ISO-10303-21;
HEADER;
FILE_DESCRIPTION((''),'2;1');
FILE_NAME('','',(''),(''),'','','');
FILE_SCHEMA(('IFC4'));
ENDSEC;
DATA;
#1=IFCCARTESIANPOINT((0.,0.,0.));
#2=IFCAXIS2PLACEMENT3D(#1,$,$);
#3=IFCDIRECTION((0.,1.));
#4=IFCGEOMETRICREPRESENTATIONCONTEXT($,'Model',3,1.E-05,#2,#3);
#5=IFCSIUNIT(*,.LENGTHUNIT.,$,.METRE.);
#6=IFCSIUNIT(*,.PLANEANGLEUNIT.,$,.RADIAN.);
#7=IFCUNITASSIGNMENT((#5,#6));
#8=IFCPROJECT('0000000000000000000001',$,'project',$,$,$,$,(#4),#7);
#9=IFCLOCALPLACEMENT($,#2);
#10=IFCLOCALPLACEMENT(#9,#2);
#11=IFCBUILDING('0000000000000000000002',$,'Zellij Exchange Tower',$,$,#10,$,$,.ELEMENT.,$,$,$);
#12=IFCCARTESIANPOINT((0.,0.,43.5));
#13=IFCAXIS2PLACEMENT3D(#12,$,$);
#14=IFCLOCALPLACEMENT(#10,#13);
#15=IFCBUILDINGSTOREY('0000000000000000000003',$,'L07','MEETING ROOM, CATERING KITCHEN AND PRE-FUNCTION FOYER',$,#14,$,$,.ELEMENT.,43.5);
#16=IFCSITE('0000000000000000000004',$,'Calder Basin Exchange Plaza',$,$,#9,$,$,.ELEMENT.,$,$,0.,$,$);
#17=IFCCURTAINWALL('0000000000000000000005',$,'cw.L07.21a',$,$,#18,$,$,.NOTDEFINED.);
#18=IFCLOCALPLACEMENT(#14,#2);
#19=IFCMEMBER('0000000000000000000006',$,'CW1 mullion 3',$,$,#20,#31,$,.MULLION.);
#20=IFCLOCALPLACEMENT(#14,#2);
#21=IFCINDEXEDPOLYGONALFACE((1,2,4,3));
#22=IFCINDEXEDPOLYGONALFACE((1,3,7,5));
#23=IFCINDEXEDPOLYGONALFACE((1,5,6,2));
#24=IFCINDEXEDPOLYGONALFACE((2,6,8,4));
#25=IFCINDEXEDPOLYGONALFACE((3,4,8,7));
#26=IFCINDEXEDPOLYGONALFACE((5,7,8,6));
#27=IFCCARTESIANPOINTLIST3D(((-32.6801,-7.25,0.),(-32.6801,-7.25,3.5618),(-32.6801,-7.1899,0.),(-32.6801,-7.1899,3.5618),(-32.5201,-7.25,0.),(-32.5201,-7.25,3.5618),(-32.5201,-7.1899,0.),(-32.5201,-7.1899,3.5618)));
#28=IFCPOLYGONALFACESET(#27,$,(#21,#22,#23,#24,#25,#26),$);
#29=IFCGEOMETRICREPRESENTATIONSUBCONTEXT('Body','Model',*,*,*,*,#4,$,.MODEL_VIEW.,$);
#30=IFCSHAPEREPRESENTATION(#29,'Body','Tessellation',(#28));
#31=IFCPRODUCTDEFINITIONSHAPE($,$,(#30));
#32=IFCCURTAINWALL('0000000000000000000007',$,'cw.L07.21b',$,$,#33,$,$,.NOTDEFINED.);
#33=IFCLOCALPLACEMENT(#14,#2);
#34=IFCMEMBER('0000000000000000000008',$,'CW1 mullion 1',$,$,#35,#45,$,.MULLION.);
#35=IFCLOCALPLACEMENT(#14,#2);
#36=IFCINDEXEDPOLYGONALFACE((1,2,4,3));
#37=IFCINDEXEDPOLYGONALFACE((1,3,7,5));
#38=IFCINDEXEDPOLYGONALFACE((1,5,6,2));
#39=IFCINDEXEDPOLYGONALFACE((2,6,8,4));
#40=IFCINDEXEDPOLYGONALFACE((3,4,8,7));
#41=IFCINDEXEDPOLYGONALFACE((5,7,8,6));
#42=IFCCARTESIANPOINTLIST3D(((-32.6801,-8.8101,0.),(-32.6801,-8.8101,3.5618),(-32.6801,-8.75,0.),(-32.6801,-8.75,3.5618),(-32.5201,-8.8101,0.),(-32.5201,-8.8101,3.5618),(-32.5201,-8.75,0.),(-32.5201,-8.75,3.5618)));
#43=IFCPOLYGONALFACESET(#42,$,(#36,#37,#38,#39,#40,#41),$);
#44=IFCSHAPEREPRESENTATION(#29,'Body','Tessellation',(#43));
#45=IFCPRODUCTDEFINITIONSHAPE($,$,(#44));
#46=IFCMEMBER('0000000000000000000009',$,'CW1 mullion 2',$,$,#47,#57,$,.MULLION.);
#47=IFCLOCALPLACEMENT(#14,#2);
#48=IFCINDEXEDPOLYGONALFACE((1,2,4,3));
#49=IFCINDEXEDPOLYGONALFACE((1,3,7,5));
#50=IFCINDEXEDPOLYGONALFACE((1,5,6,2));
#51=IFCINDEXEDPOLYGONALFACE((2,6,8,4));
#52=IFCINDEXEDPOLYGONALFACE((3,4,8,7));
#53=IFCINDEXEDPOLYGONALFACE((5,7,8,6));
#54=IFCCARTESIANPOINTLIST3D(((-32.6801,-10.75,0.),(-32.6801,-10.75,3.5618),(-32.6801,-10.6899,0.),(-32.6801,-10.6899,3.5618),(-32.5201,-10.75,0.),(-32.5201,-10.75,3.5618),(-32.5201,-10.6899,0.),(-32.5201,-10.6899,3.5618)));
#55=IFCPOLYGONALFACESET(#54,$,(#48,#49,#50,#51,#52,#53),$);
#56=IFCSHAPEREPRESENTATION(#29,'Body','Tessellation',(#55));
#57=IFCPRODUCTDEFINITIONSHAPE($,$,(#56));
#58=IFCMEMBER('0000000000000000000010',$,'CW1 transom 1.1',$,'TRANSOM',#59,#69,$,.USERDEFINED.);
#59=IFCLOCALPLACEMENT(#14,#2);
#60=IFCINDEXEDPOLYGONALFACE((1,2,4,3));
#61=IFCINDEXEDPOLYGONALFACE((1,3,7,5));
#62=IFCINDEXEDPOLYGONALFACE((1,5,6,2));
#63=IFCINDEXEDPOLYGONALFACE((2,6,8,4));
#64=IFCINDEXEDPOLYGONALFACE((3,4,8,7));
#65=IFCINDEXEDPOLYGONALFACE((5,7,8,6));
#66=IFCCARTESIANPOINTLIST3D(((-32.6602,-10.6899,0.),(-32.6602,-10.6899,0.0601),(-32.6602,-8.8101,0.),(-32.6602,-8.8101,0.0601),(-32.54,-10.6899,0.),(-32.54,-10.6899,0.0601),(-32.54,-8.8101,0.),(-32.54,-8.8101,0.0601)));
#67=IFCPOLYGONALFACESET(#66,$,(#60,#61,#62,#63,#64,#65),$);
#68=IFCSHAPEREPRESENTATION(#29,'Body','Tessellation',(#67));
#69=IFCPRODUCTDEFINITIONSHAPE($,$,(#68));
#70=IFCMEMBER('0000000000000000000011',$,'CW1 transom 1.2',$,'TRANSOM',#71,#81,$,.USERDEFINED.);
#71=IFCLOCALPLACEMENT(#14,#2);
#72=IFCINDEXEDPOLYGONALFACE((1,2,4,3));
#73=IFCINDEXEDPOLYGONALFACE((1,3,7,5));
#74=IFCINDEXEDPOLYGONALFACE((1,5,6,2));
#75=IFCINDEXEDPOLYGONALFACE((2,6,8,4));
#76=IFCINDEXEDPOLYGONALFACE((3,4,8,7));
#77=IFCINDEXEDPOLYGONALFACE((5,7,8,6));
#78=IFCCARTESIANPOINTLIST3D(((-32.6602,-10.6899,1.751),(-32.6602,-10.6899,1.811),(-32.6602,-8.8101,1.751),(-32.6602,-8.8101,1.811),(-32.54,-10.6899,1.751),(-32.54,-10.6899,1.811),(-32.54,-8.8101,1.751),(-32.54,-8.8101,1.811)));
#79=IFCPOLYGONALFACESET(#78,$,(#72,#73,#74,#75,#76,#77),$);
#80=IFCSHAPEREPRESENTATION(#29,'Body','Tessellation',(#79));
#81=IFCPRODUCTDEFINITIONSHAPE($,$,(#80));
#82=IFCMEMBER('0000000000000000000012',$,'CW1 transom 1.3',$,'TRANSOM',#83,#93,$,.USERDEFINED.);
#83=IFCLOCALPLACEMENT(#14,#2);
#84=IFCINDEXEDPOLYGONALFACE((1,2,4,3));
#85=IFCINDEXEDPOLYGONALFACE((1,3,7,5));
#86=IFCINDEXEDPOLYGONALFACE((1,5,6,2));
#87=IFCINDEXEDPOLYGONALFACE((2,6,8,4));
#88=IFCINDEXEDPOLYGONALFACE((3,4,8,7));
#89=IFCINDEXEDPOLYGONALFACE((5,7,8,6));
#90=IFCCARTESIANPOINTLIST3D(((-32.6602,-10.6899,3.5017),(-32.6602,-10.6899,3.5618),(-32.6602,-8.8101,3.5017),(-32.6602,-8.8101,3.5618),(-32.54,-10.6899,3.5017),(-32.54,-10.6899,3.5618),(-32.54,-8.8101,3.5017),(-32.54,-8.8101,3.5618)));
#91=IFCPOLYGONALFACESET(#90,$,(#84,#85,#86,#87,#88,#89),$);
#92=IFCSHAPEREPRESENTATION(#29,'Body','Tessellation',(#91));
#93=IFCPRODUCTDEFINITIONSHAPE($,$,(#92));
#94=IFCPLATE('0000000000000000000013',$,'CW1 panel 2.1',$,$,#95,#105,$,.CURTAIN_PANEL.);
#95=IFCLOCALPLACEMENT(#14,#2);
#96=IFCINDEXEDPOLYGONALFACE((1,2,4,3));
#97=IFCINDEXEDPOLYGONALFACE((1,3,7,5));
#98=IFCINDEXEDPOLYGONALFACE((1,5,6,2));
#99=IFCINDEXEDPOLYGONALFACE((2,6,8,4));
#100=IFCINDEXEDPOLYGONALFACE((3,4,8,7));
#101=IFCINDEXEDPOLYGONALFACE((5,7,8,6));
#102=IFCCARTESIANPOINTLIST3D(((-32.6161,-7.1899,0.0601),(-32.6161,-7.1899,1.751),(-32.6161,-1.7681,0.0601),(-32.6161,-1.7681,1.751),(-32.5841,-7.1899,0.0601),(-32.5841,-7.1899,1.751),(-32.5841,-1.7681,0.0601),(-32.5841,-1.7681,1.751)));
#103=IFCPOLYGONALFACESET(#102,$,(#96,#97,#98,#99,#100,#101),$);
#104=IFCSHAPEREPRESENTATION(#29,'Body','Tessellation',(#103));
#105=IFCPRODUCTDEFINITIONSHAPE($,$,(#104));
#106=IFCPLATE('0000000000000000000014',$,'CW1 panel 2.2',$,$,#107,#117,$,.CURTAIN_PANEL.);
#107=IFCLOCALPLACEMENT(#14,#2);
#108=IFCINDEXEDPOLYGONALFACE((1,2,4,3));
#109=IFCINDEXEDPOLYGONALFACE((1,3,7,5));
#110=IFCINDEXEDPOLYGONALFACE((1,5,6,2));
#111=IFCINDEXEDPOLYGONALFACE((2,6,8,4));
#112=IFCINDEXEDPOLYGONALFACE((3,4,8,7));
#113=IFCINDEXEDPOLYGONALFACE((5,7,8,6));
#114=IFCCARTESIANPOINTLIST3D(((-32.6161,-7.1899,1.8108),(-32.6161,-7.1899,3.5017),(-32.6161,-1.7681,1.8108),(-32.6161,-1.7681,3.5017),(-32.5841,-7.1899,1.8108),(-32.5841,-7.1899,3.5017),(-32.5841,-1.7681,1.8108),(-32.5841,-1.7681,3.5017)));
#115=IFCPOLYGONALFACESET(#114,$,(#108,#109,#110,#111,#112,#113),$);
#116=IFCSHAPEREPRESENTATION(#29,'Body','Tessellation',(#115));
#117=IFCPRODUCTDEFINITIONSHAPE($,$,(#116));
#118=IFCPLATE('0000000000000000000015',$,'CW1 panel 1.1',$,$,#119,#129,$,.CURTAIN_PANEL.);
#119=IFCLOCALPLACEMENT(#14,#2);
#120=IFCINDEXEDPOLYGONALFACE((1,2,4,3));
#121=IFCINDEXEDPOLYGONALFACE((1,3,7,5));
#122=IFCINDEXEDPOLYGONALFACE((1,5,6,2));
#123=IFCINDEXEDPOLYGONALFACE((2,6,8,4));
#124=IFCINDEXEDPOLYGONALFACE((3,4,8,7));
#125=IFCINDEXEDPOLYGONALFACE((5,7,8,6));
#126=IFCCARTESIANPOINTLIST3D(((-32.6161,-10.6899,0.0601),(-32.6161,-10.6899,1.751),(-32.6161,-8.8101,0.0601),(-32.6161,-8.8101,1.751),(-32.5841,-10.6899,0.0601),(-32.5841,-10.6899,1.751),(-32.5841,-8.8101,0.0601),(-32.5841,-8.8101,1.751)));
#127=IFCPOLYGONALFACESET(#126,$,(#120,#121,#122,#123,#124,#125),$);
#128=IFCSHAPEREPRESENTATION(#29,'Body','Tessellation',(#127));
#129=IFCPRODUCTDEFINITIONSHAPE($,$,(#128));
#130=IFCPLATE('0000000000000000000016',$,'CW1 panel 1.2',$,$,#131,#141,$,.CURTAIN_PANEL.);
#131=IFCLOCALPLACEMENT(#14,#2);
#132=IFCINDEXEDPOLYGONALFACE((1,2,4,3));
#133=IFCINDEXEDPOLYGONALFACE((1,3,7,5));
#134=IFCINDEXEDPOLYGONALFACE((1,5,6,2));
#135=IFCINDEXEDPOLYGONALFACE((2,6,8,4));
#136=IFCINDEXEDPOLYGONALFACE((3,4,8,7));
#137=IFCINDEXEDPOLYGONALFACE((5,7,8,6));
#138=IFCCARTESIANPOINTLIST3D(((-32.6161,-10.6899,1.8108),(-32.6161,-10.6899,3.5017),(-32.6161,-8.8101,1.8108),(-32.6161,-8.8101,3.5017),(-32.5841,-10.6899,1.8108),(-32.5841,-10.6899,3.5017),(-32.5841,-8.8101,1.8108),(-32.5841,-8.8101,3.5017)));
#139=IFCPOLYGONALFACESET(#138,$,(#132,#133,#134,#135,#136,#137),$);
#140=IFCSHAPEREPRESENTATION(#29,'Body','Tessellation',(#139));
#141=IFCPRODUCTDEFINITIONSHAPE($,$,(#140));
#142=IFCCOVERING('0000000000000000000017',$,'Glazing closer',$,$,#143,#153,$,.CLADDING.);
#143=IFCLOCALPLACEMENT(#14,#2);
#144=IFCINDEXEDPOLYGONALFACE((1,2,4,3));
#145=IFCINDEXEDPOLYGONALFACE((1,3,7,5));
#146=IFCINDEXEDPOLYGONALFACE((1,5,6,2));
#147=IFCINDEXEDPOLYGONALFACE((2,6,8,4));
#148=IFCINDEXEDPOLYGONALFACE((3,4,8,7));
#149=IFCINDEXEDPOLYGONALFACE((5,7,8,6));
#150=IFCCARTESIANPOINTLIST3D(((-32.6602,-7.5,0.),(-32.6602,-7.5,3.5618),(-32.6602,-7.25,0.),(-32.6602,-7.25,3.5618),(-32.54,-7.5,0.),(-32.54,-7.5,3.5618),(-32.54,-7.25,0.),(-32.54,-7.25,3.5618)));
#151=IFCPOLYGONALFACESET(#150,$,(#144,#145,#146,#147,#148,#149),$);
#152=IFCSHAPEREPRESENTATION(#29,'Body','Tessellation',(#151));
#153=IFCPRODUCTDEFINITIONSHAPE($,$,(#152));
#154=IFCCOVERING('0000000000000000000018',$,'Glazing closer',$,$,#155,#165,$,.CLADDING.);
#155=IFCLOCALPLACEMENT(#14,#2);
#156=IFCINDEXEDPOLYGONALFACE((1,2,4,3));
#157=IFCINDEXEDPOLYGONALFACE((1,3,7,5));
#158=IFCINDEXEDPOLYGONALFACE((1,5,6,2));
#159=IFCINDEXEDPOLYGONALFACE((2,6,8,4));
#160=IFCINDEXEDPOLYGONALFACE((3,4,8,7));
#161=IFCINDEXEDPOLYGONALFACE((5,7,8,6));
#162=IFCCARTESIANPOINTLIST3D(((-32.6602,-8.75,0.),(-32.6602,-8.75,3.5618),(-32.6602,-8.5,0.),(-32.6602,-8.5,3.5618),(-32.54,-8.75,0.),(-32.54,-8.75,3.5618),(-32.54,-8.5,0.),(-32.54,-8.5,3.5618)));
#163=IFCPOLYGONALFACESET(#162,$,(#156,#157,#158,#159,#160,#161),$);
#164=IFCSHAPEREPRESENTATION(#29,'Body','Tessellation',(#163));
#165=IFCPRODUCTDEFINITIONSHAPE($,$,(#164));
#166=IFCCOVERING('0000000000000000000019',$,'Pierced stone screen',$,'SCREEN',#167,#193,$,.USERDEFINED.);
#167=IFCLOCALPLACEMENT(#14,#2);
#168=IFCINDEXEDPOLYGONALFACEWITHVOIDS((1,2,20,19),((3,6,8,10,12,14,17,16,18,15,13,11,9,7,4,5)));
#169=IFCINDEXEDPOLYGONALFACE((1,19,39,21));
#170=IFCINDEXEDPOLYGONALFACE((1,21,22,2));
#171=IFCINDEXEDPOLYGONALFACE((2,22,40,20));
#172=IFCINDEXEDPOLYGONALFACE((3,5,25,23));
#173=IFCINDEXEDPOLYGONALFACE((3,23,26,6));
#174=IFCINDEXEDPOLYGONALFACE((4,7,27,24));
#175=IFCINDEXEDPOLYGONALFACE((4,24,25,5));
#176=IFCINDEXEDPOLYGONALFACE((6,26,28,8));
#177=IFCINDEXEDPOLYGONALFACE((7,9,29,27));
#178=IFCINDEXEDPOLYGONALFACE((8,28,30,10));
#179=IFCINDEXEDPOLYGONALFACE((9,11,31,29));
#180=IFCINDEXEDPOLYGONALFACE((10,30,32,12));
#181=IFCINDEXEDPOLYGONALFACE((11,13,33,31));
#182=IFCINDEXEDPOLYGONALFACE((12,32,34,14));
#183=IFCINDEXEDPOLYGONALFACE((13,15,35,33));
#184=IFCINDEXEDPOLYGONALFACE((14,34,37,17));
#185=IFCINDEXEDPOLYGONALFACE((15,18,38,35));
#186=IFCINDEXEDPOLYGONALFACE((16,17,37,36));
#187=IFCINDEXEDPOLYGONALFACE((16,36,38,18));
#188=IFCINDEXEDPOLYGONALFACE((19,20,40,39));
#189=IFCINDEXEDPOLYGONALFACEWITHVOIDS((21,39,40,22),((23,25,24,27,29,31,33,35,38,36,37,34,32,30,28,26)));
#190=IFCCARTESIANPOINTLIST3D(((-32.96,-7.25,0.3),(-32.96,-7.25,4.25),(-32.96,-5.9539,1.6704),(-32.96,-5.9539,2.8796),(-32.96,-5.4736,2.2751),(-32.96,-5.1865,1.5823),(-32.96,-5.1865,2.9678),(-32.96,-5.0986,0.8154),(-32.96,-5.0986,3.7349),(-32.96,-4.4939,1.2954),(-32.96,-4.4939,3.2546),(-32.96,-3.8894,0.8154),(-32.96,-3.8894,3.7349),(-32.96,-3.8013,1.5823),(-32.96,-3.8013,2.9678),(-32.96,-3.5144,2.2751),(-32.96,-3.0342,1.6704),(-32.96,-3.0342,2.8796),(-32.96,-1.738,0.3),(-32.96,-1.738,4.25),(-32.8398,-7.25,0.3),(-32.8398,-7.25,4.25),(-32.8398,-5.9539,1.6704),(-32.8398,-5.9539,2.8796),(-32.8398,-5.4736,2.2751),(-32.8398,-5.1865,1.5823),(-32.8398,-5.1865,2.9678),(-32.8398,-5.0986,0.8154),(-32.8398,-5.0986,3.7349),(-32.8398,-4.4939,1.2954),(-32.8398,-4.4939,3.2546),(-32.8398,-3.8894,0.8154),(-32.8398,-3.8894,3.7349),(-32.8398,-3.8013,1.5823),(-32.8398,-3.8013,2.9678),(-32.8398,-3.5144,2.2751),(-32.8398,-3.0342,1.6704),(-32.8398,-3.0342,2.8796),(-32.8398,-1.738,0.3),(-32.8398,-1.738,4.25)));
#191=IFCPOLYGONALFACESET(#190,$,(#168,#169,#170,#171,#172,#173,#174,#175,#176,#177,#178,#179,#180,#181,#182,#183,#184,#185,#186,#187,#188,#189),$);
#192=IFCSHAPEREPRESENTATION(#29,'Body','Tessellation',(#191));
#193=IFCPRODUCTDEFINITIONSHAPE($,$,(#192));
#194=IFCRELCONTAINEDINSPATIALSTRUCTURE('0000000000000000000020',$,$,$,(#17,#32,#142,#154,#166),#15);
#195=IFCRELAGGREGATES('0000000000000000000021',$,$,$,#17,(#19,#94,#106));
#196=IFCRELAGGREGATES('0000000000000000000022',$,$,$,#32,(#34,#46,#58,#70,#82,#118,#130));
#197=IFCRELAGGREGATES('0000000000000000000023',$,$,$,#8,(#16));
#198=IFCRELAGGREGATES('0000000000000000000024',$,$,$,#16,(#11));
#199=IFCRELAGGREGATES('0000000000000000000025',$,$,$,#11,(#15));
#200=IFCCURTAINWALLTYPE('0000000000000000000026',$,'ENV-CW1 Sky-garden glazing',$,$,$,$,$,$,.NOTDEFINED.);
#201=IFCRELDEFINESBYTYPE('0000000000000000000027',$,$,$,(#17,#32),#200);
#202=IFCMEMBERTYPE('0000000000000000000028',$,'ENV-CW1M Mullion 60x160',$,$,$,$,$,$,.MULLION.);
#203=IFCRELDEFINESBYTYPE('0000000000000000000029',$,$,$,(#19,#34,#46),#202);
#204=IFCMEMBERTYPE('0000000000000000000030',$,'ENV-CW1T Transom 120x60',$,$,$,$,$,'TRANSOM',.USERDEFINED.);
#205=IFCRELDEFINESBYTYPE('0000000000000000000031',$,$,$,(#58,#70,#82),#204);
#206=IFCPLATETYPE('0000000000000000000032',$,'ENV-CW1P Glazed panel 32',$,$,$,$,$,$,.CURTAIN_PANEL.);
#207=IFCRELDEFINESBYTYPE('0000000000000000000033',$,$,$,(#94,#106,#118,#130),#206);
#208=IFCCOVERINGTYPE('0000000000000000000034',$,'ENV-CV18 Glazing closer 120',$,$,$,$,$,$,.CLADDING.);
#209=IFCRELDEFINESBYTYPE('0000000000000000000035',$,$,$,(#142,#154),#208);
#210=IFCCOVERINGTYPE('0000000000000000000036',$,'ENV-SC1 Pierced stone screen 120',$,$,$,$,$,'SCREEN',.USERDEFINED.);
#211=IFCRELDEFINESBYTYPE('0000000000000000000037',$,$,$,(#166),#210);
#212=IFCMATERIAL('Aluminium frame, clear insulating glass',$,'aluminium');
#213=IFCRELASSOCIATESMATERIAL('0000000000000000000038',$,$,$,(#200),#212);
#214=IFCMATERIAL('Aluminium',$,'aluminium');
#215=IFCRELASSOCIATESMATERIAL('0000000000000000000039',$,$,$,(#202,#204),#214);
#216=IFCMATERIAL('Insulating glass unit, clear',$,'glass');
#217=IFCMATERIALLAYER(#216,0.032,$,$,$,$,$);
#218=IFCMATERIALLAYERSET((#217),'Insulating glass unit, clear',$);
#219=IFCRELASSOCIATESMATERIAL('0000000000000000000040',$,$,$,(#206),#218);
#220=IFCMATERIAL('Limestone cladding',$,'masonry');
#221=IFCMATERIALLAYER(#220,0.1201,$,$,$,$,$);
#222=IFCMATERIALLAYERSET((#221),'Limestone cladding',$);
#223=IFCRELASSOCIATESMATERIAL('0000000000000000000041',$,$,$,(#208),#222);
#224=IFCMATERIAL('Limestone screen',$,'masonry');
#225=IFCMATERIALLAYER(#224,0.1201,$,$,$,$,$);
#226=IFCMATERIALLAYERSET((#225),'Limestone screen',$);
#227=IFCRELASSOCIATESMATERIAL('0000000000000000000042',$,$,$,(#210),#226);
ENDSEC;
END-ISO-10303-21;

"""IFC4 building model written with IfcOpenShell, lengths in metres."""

from ifc_helpers import new_model, si_unit, direction, frame, origin, origin_2d, place, context, subcontext, project, spatial, polyline, rectangle, outline, extrude, material, layer, layer_set, material_profile, profile_set, type_object, element, aggregate, save


model = new_model("IFC4")

# Units and contexts
model_context = context("Model", 3, precision=1e-05, world=origin(), true_north=direction((0.0, 1.0)))
body_context = subcontext(model_context, "Body", "Model", "MODEL_VIEW")
ifc_project = project(units=[si_unit("LENGTHUNIT", "METRE"), si_unit("PLANEANGLEUNIT", "RADIAN")], contexts=[model_context])

# Site, building, storey
site_placement = place(None, origin())
site = spatial("IfcSite", under=ifc_project, at=site_placement, Name="Calder Basin Exchange Plaza", CompositionType="ELEMENT", RefElevation=0.0)
building_placement = place(site_placement, origin())
building = spatial("IfcBuilding", under=site, at=building_placement, Name="Zellij Exchange Tower", CompositionType="ELEMENT")
storey_placement = place(building_placement, frame((0.0, 0.0, 43.5)))
storey = spatial("IfcBuildingStorey", under=building, at=storey_placement, Name="L07", Description="MEETING ROOM, CATERING KITCHEN AND PRE-FUNCTION FOYER", CompositionType="ELEMENT", Elevation=43.5)

# Curtain wall, member
ifc_material_1 = material(Name="Aluminium frame, clear insulating glass", Category="aluminium")
curtain_wall_type = type_object("IfcCurtainWallType", Name="ENV-CW1 Sky-garden glazing", PredefinedType="NOTDEFINED", material=ifc_material_1)
curtain_wall_1_placement = place(storey_placement, origin())
curtain_wall_1 = element("IfcCurtainWall", 1, at=curtain_wall_1_placement, inside=storey, type_object=curtain_wall_type, Name="cw.L07.21a", PredefinedType="NOTDEFINED")
ifc_material_2 = material(Name="Aluminium", Category="aluminium")
ifc_material_profile_1 = material_profile(ifc_material_2, rectangle(XDim=0.0601, YDim=0.1599, at=origin_2d()), Name="AL 60x160")
ifc_profile_set_1 = profile_set([ifc_material_profile_1], Name="Aluminium")
member_type_1 = type_object("IfcMemberType", Name="ENV-CW1M Mullion 60x160", PredefinedType="MULLION", material=ifc_profile_set_1)
member_1_placement = place(storey_placement, frame((-32.6001, -7.22, 0.0), z_axis=(0.0, 0.0, 1.0), x_axis=(0.0, -1.0, 0.0)))
member_1 = element("IfcMember", 2, at=member_1_placement, type_object=member_type_1, Name="CW1 mullion 3", PredefinedType="MULLION", context=body_context, shape_type="SweptSolid", body=[
    extrude(rectangle(XDim=0.0601, YDim=0.1599, at=origin_2d()), origin(), (0.0, 0.0, 1.0), 3.5618),
])

# Curtain wall, members
curtain_wall_2_placement = place(storey_placement, origin())
curtain_wall_2 = element("IfcCurtainWall", 3, at=curtain_wall_2_placement, inside=storey, type_object=curtain_wall_type, Name="cw.L07.21b", PredefinedType="NOTDEFINED")
member_2_placement = place(storey_placement, frame((-32.6001, -8.78, 0.0), z_axis=(0.0, 0.0, 1.0), x_axis=(0.0, -1.0, 0.0)))
member_2 = element("IfcMember", 4, at=member_2_placement, type_object=member_type_1, Name="CW1 mullion 1", PredefinedType="MULLION", context=body_context, shape_type="SweptSolid", body=[
    extrude(rectangle(XDim=0.0601, YDim=0.1599, at=origin_2d()), origin(), (0.0, 0.0, 1.0), 3.5618),
])
member_3_placement = place(storey_placement, frame((-32.6001, -10.72, 0.0), z_axis=(0.0, 0.0, 1.0), x_axis=(0.0, -1.0, 0.0)))
member_3 = element("IfcMember", 5, at=member_3_placement, type_object=member_type_1, Name="CW1 mullion 2", PredefinedType="MULLION", context=body_context, shape_type="SweptSolid", body=[
    extrude(rectangle(XDim=0.0601, YDim=0.1599, at=origin_2d()), origin(), (0.0, 0.0, 1.0), 3.5618),
])
ifc_material_profile_2 = material_profile(ifc_material_2, rectangle(XDim=0.1201, YDim=0.0601, at=origin_2d()), Name="AL 120x60")
ifc_profile_set_2 = profile_set([ifc_material_profile_2], Name="Aluminium")
member_type_2 = type_object("IfcMemberType", Name="ENV-CW1T Transom 120x60", ElementType="TRANSOM", PredefinedType="USERDEFINED", material=ifc_profile_set_2)
member_4_placement = place(storey_placement, frame((-32.6001, -8.8101, 0.03), z_axis=(0.0, -1.0, 0.0), x_axis=(1.0, 0.0, 0.0)))
member_4 = element("IfcMember", 6, at=member_4_placement, type_object=member_type_2, Name="CW1 transom 1.1", ObjectType="TRANSOM", PredefinedType="USERDEFINED", context=body_context, shape_type="SweptSolid", body=[
    extrude(rectangle(XDim=0.1201, YDim=0.0601, at=origin_2d()), origin(), (0.0, 0.0, 1.0), 1.8799),
])
member_5_placement = place(storey_placement, frame((-32.6001, -8.8101, 1.781), z_axis=(0.0, -1.0, 0.0), x_axis=(1.0, 0.0, 0.0)))
member_5 = element("IfcMember", 7, at=member_5_placement, type_object=member_type_2, Name="CW1 transom 1.2", ObjectType="TRANSOM", PredefinedType="USERDEFINED", context=body_context, shape_type="SweptSolid", body=[
    extrude(rectangle(XDim=0.1201, YDim=0.0601, at=origin_2d()), origin(), (0.0, 0.0, 1.0), 1.8799),
])
member_6_placement = place(storey_placement, frame((-32.6001, -8.8101, 3.5317), z_axis=(0.0, -1.0, 0.0), x_axis=(1.0, 0.0, 0.0)))
member_6 = element("IfcMember", 8, at=member_6_placement, type_object=member_type_2, Name="CW1 transom 1.3", ObjectType="TRANSOM", PredefinedType="USERDEFINED", context=body_context, shape_type="SweptSolid", body=[
    extrude(rectangle(XDim=0.1201, YDim=0.0601, at=origin_2d()), origin(), (0.0, 0.0, 1.0), 1.8799),
])

# Plates
ifc_material_3 = material(Name="Insulating glass unit, clear", Category="glass")
ifc_layer_1 = layer(ifc_material_3, 0.032)
ifc_layer_set_1 = layer_set([ifc_layer_1], Name="Insulating glass unit, clear")
plate_type = type_object("IfcPlateType", Name="ENV-CW1P Glazed panel 32", PredefinedType="CURTAIN_PANEL", material=ifc_layer_set_1)
plate_1_placement = place(storey_placement, frame((-32.6001, -4.479, 0.0601), z_axis=(0.0, 0.0, 1.0), x_axis=(0.0, -1.0, 0.0)))
plate_1 = element("IfcPlate", 9, at=plate_1_placement, type_object=plate_type, Name="CW1 panel 2.1", PredefinedType="CURTAIN_PANEL", context=body_context, shape_type="SweptSolid", body=[
    extrude(rectangle(XDim=5.4219, YDim=0.032, at=origin_2d()), origin(), (0.0, 0.0, 1.0), 1.6909),
])
plate_2_placement = place(storey_placement, frame((-32.6001, -4.479, 1.8108), z_axis=(0.0, 0.0, 1.0), x_axis=(0.0, -1.0, 0.0)))
plate_2 = element("IfcPlate", 10, at=plate_2_placement, type_object=plate_type, Name="CW1 panel 2.2", PredefinedType="CURTAIN_PANEL", context=body_context, shape_type="SweptSolid", body=[
    extrude(rectangle(XDim=5.4219, YDim=0.032, at=origin_2d()), origin(), (0.0, 0.0, 1.0), 1.6909),
])
aggregate(curtain_wall_1, [member_1, plate_1, plate_2])
plate_3_placement = place(storey_placement, frame((-32.6001, -9.75, 0.0601), z_axis=(0.0, 0.0, 1.0), x_axis=(0.0, -1.0, 0.0)))
plate_3 = element("IfcPlate", 11, at=plate_3_placement, type_object=plate_type, Name="CW1 panel 1.1", PredefinedType="CURTAIN_PANEL", context=body_context, shape_type="SweptSolid", body=[
    extrude(rectangle(XDim=1.8799, YDim=0.032, at=origin_2d()), origin(), (0.0, 0.0, 1.0), 1.6909),
])
plate_4_placement = place(storey_placement, frame((-32.6001, -9.75, 1.8108), z_axis=(0.0, 0.0, 1.0), x_axis=(0.0, -1.0, 0.0)))
plate_4 = element("IfcPlate", 12, at=plate_4_placement, type_object=plate_type, Name="CW1 panel 1.2", PredefinedType="CURTAIN_PANEL", context=body_context, shape_type="SweptSolid", body=[
    extrude(rectangle(XDim=1.8799, YDim=0.032, at=origin_2d()), origin(), (0.0, 0.0, 1.0), 1.6909),
])
aggregate(curtain_wall_2, [member_2, member_3, member_4, member_5, member_6, plate_3, plate_4])

# Coverings
ifc_material_4 = material(Name="Limestone cladding", Category="masonry")
ifc_layer_2 = layer(ifc_material_4, 0.1201)
ifc_layer_set_2 = layer_set([ifc_layer_2], Name="Limestone cladding")
covering_type_1 = type_object("IfcCoveringType", Name="ENV-CV18 Glazing closer 120", PredefinedType="CLADDING", material=ifc_layer_set_2)
for number, where, z_axis, x_axis, name in (
    (13, (-32.6001, -7.375, 0.0), (0.0, 0.0, 1.0), (0.0, -1.0, 0.0), "Glazing closer"),
    (14, (-32.6001, -8.625, 0.0), (0.0, 0.0, 1.0), (0.0, 1.0, 0.0), "Glazing closer"),
):
    element("IfcCovering", number, at=place(storey_placement, frame(where, z_axis=z_axis, x_axis=x_axis)), inside=storey, type_object=covering_type_1, Name=name, PredefinedType="CLADDING", context=body_context, shape_type="SweptSolid", body=[
        extrude(rectangle(XDim=0.25, YDim=0.1201, at=origin_2d()), origin(), (0.0, 0.0, 1.0), 3.5618),
    ])
ifc_material_5 = material(Name="Limestone screen", Category="masonry")
ifc_layer_3 = layer(ifc_material_5, 0.1201)
ifc_layer_set_3 = layer_set([ifc_layer_3], Name="Limestone screen")
covering_type_2 = type_object("IfcCoveringType", Name="ENV-SC1 Pierced stone screen 120", ElementType="SCREEN", PredefinedType="USERDEFINED", material=ifc_layer_set_3)
covering_1_placement = place(storey_placement, frame((-32.8999, -1.738, 0.3), z_axis=(0.0, 0.0, 1.0), x_axis=(0.0, -1.0, 0.0)))
element("IfcCovering", 15, at=covering_1_placement, inside=storey, type_object=covering_type_2, Name="Pierced stone screen", ObjectType="SCREEN", PredefinedType="USERDEFINED", context=body_context, shape_type="SweptSolid", body=[
    extrude(outline(polyline([(0.0, 0.0), (5.512, 0.0), (5.512, 3.95), (0.0, 3.95), (0.0, 0.0)]), holes=[polyline([(4.2158, 2.5796), (3.4485, 2.6677), (3.3606, 3.4348), (2.7559, 2.9546), (2.1514, 3.4348), (2.0632, 2.6677), (1.2961, 2.5796), (1.7764, 1.9751), (1.2961, 1.3704), (2.0632, 1.2822), (2.1514, 0.5154), (2.7559, 0.9954), (3.3606, 0.5154), (3.4485, 1.2822), (4.2158, 1.3704), (3.7356, 1.9751), (4.2158, 2.5796)])]), frame((0.0, 0.0601, 0.0), z_axis=(0.0, -1.0, 0.0), x_axis=(1.0, 0.0, 0.0)), (0.0, 0.0, 1.0), 0.1201),
])

save(model, "model.ifc")
